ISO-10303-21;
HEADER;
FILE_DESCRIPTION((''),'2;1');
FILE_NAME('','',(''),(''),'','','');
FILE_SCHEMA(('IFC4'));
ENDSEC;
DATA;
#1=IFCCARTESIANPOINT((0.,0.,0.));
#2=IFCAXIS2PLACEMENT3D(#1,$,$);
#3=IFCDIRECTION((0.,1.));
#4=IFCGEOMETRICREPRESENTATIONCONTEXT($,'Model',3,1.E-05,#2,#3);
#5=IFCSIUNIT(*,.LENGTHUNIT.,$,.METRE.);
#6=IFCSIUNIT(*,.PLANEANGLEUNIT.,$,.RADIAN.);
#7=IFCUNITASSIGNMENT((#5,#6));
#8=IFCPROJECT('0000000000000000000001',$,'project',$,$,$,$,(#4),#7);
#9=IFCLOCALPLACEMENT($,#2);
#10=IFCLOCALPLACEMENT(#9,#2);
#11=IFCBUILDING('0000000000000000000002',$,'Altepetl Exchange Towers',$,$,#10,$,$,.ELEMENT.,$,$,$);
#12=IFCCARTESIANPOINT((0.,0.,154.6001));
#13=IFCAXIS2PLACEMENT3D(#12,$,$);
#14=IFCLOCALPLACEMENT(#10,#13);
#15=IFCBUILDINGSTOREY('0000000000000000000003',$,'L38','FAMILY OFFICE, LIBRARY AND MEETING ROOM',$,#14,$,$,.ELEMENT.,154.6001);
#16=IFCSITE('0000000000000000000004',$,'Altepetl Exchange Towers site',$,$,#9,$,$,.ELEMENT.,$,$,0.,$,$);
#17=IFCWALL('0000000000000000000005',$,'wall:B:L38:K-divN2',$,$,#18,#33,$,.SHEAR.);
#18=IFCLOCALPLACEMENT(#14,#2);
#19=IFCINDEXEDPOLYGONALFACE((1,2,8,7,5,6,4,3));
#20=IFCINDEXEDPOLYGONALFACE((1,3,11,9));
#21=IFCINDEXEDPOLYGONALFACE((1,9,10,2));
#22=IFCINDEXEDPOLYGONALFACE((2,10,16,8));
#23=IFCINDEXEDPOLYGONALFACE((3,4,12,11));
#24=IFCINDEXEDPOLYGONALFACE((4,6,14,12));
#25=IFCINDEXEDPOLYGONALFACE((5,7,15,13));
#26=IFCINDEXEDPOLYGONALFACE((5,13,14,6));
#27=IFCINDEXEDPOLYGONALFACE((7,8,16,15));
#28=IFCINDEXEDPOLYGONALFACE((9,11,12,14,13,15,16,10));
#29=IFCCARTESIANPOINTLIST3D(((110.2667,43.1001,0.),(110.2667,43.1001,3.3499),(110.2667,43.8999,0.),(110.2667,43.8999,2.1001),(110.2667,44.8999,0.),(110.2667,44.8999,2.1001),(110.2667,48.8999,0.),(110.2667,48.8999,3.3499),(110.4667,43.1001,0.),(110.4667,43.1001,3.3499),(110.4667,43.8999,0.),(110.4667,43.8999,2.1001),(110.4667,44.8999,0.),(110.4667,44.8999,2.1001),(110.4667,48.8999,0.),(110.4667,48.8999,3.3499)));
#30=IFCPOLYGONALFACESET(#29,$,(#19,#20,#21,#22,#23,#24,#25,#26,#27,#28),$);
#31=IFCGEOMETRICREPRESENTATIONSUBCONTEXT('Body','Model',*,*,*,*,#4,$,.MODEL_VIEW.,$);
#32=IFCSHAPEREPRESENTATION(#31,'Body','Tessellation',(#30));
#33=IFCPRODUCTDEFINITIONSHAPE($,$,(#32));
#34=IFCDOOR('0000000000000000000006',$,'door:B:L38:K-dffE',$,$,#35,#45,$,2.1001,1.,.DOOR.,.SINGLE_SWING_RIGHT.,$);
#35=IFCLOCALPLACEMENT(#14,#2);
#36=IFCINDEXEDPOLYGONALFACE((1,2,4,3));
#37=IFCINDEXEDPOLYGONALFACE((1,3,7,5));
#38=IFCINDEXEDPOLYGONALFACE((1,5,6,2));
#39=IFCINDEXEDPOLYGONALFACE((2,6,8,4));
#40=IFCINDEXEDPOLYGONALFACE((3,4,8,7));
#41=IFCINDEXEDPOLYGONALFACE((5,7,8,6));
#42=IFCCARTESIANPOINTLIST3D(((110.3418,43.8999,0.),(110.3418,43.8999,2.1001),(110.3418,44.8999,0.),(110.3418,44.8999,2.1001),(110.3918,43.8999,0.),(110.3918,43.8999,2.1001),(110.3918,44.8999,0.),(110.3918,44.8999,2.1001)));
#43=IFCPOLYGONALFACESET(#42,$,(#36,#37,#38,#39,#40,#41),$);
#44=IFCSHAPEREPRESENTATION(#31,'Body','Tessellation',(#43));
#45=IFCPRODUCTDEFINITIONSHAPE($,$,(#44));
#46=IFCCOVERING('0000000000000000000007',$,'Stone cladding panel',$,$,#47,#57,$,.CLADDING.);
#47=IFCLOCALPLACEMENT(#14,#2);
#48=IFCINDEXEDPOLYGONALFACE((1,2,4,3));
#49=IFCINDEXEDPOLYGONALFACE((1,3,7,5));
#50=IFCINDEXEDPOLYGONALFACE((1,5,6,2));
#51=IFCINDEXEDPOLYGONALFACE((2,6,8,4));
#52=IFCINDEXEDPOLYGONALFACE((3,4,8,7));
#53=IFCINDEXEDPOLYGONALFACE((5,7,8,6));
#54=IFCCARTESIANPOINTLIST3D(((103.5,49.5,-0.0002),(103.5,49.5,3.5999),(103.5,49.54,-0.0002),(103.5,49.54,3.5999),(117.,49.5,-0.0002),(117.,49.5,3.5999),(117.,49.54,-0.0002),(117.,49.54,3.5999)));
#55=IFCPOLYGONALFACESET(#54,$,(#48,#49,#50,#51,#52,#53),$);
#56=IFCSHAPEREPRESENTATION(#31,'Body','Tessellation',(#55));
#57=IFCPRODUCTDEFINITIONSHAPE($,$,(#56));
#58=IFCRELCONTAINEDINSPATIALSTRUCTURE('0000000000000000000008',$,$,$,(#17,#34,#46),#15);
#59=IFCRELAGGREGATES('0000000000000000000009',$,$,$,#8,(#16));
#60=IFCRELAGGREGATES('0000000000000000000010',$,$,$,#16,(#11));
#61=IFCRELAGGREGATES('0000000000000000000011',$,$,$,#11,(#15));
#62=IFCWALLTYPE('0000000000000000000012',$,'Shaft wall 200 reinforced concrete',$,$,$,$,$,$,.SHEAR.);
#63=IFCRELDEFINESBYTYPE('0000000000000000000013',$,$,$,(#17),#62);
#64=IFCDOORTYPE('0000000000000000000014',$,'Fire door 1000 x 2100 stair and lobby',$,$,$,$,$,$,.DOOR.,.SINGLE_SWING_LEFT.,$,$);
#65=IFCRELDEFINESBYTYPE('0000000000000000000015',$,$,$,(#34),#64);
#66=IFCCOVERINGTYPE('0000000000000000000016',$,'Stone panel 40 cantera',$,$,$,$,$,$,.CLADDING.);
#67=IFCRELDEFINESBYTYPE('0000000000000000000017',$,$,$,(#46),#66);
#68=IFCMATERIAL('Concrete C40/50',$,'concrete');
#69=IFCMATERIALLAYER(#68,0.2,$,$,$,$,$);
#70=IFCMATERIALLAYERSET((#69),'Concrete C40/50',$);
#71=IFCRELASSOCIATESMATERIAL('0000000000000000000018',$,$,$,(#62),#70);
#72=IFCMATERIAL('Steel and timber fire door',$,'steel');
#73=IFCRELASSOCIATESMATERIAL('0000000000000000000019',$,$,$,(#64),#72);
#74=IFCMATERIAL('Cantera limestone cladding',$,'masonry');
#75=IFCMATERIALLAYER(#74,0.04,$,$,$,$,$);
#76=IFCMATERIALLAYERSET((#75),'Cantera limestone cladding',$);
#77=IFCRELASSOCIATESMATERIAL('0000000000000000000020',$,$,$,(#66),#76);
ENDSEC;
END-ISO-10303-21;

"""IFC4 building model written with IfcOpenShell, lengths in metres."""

from ifc_helpers import new_model, si_unit, direction, frame, frame_2d, origin, origin_2d, place, context, subcontext, project, spatial, rectangle, extrude, material, layer, layer_set, type_object, element, fill, save


model = new_model("IFC4")

# Units and contexts
model_context = context("Model", 3, precision=1e-05, world=origin(), true_north=direction((0.0, 1.0)))
body_context = subcontext(model_context, "Body", "Model", "MODEL_VIEW")
ifc_project = project(units=[si_unit("LENGTHUNIT", "METRE"), si_unit("PLANEANGLEUNIT", "RADIAN")], contexts=[model_context])

# Site, building, storey
site_placement = place(None, origin())
site = spatial("IfcSite", under=ifc_project, at=site_placement, Name="Altepetl Exchange Towers site", CompositionType="ELEMENT", RefElevation=0.0)
building_placement = place(site_placement, origin())
building = spatial("IfcBuilding", under=site, at=building_placement, Name="Altepetl Exchange Towers", CompositionType="ELEMENT")
storey_placement = place(building_placement, frame((0.0, 0.0, 154.6001)))
storey = spatial("IfcBuildingStorey", under=building, at=storey_placement, Name="L38", Description="FAMILY OFFICE, LIBRARY AND MEETING ROOM", CompositionType="ELEMENT", Elevation=154.6001)

# Shared definitions
ifc_material_1 = material(Name="Concrete C40/50", Category="concrete")
ifc_layer_1 = layer(ifc_material_1, 0.2)
ifc_layer_set_1 = layer_set([ifc_layer_1], Name="Concrete C40/50")
wall_type_1 = type_object("IfcWallType", Name="Shaft wall 200 reinforced concrete", PredefinedType="SHEAR", material=ifc_layer_set_1)

# Wall, opening, door
wall_1_placement = place(storey_placement, frame((110.3667, 48.8999, 0.0), z_axis=(0.0, 0.0, 1.0), x_axis=(0.0, -1.0, 0.0)))
wall_1 = element("IfcWall", 1, at=wall_1_placement, inside=storey, type_object=wall_type_1, Name="wall:B:L38:K-divN2", PredefinedType="SHEAR", context=body_context, shape_type="SweptSolid", body=[
    extrude(rectangle(XDim=5.7998, YDim=0.2, at=frame_2d((2.8999, 0.0))), origin(), (0.0, 0.0, 1.0), 3.3499),
])
opening_placement = place(wall_1_placement, frame((4.0, 0.0, 0.0)))
opening = element("IfcOpeningElement", 2, at=opening_placement, cuts=wall_1, PredefinedType="OPENING", context=body_context, shape_type="SweptSolid", body=[
    extrude(rectangle(XDim=1.0, YDim=2.1001, at=frame_2d((0.5, 1.05))), frame((0.0, 0.1099, 0.0), z_axis=(0.0, -1.0, 0.0), x_axis=(1.0, 0.0, 0.0)), (0.0, 0.0, 1.0), 0.22),
])
ifc_material_2 = material(Name="Steel and timber fire door", Category="steel")
door_type = type_object("IfcDoorType", Name="Fire door 1000 x 2100 stair and lobby", OperationType="SINGLE_SWING_LEFT", PredefinedType="DOOR", material=ifc_material_2)
door_placement = place(opening_placement, frame((1.0, 0.0, 0.0), x_axis=(-1.0, 0.0, 0.0)))
door = element("IfcDoor", 3, at=door_placement, inside=storey, type_object=door_type, Name="door:B:L38:K-dffE", OperationType="SINGLE_SWING_RIGHT", OverallHeight=2.1001, OverallWidth=1.0, PredefinedType="DOOR", context=body_context, shape_type="SweptSolid", body=[
    extrude(rectangle(XDim=1.0, YDim=2.1001, at=frame_2d((0.5, 1.05))), frame((0.0, 0.0249, 0.0), z_axis=(0.0, -1.0, 0.0), x_axis=(1.0, 0.0, 0.0)), (0.0, 0.0, 1.0), 0.05),
])
fill(opening, door)

# Covering
ifc_material_3 = material(Name="Cantera limestone cladding", Category="masonry")
ifc_layer_2 = layer(ifc_material_3, 0.04)
ifc_layer_set_2 = layer_set([ifc_layer_2], Name="Cantera limestone cladding")
covering_type = type_object("IfcCoveringType", Name="Stone panel 40 cantera", PredefinedType="CLADDING", material=ifc_layer_set_2)
covering_placement = place(storey_placement, frame((110.25, 49.52, -0.0002), z_axis=(0.0, 0.0, 1.0), x_axis=(-1.0, 0.0, 0.0)))
element("IfcCovering", 4, at=covering_placement, inside=storey, type_object=covering_type, Name="Stone cladding panel", PredefinedType="CLADDING", context=body_context, shape_type="SweptSolid", body=[
    extrude(rectangle(XDim=13.5, YDim=0.04, at=origin_2d()), origin(), (0.0, 0.0, 1.0), 3.6001),
])

save(model, "model.ifc")
